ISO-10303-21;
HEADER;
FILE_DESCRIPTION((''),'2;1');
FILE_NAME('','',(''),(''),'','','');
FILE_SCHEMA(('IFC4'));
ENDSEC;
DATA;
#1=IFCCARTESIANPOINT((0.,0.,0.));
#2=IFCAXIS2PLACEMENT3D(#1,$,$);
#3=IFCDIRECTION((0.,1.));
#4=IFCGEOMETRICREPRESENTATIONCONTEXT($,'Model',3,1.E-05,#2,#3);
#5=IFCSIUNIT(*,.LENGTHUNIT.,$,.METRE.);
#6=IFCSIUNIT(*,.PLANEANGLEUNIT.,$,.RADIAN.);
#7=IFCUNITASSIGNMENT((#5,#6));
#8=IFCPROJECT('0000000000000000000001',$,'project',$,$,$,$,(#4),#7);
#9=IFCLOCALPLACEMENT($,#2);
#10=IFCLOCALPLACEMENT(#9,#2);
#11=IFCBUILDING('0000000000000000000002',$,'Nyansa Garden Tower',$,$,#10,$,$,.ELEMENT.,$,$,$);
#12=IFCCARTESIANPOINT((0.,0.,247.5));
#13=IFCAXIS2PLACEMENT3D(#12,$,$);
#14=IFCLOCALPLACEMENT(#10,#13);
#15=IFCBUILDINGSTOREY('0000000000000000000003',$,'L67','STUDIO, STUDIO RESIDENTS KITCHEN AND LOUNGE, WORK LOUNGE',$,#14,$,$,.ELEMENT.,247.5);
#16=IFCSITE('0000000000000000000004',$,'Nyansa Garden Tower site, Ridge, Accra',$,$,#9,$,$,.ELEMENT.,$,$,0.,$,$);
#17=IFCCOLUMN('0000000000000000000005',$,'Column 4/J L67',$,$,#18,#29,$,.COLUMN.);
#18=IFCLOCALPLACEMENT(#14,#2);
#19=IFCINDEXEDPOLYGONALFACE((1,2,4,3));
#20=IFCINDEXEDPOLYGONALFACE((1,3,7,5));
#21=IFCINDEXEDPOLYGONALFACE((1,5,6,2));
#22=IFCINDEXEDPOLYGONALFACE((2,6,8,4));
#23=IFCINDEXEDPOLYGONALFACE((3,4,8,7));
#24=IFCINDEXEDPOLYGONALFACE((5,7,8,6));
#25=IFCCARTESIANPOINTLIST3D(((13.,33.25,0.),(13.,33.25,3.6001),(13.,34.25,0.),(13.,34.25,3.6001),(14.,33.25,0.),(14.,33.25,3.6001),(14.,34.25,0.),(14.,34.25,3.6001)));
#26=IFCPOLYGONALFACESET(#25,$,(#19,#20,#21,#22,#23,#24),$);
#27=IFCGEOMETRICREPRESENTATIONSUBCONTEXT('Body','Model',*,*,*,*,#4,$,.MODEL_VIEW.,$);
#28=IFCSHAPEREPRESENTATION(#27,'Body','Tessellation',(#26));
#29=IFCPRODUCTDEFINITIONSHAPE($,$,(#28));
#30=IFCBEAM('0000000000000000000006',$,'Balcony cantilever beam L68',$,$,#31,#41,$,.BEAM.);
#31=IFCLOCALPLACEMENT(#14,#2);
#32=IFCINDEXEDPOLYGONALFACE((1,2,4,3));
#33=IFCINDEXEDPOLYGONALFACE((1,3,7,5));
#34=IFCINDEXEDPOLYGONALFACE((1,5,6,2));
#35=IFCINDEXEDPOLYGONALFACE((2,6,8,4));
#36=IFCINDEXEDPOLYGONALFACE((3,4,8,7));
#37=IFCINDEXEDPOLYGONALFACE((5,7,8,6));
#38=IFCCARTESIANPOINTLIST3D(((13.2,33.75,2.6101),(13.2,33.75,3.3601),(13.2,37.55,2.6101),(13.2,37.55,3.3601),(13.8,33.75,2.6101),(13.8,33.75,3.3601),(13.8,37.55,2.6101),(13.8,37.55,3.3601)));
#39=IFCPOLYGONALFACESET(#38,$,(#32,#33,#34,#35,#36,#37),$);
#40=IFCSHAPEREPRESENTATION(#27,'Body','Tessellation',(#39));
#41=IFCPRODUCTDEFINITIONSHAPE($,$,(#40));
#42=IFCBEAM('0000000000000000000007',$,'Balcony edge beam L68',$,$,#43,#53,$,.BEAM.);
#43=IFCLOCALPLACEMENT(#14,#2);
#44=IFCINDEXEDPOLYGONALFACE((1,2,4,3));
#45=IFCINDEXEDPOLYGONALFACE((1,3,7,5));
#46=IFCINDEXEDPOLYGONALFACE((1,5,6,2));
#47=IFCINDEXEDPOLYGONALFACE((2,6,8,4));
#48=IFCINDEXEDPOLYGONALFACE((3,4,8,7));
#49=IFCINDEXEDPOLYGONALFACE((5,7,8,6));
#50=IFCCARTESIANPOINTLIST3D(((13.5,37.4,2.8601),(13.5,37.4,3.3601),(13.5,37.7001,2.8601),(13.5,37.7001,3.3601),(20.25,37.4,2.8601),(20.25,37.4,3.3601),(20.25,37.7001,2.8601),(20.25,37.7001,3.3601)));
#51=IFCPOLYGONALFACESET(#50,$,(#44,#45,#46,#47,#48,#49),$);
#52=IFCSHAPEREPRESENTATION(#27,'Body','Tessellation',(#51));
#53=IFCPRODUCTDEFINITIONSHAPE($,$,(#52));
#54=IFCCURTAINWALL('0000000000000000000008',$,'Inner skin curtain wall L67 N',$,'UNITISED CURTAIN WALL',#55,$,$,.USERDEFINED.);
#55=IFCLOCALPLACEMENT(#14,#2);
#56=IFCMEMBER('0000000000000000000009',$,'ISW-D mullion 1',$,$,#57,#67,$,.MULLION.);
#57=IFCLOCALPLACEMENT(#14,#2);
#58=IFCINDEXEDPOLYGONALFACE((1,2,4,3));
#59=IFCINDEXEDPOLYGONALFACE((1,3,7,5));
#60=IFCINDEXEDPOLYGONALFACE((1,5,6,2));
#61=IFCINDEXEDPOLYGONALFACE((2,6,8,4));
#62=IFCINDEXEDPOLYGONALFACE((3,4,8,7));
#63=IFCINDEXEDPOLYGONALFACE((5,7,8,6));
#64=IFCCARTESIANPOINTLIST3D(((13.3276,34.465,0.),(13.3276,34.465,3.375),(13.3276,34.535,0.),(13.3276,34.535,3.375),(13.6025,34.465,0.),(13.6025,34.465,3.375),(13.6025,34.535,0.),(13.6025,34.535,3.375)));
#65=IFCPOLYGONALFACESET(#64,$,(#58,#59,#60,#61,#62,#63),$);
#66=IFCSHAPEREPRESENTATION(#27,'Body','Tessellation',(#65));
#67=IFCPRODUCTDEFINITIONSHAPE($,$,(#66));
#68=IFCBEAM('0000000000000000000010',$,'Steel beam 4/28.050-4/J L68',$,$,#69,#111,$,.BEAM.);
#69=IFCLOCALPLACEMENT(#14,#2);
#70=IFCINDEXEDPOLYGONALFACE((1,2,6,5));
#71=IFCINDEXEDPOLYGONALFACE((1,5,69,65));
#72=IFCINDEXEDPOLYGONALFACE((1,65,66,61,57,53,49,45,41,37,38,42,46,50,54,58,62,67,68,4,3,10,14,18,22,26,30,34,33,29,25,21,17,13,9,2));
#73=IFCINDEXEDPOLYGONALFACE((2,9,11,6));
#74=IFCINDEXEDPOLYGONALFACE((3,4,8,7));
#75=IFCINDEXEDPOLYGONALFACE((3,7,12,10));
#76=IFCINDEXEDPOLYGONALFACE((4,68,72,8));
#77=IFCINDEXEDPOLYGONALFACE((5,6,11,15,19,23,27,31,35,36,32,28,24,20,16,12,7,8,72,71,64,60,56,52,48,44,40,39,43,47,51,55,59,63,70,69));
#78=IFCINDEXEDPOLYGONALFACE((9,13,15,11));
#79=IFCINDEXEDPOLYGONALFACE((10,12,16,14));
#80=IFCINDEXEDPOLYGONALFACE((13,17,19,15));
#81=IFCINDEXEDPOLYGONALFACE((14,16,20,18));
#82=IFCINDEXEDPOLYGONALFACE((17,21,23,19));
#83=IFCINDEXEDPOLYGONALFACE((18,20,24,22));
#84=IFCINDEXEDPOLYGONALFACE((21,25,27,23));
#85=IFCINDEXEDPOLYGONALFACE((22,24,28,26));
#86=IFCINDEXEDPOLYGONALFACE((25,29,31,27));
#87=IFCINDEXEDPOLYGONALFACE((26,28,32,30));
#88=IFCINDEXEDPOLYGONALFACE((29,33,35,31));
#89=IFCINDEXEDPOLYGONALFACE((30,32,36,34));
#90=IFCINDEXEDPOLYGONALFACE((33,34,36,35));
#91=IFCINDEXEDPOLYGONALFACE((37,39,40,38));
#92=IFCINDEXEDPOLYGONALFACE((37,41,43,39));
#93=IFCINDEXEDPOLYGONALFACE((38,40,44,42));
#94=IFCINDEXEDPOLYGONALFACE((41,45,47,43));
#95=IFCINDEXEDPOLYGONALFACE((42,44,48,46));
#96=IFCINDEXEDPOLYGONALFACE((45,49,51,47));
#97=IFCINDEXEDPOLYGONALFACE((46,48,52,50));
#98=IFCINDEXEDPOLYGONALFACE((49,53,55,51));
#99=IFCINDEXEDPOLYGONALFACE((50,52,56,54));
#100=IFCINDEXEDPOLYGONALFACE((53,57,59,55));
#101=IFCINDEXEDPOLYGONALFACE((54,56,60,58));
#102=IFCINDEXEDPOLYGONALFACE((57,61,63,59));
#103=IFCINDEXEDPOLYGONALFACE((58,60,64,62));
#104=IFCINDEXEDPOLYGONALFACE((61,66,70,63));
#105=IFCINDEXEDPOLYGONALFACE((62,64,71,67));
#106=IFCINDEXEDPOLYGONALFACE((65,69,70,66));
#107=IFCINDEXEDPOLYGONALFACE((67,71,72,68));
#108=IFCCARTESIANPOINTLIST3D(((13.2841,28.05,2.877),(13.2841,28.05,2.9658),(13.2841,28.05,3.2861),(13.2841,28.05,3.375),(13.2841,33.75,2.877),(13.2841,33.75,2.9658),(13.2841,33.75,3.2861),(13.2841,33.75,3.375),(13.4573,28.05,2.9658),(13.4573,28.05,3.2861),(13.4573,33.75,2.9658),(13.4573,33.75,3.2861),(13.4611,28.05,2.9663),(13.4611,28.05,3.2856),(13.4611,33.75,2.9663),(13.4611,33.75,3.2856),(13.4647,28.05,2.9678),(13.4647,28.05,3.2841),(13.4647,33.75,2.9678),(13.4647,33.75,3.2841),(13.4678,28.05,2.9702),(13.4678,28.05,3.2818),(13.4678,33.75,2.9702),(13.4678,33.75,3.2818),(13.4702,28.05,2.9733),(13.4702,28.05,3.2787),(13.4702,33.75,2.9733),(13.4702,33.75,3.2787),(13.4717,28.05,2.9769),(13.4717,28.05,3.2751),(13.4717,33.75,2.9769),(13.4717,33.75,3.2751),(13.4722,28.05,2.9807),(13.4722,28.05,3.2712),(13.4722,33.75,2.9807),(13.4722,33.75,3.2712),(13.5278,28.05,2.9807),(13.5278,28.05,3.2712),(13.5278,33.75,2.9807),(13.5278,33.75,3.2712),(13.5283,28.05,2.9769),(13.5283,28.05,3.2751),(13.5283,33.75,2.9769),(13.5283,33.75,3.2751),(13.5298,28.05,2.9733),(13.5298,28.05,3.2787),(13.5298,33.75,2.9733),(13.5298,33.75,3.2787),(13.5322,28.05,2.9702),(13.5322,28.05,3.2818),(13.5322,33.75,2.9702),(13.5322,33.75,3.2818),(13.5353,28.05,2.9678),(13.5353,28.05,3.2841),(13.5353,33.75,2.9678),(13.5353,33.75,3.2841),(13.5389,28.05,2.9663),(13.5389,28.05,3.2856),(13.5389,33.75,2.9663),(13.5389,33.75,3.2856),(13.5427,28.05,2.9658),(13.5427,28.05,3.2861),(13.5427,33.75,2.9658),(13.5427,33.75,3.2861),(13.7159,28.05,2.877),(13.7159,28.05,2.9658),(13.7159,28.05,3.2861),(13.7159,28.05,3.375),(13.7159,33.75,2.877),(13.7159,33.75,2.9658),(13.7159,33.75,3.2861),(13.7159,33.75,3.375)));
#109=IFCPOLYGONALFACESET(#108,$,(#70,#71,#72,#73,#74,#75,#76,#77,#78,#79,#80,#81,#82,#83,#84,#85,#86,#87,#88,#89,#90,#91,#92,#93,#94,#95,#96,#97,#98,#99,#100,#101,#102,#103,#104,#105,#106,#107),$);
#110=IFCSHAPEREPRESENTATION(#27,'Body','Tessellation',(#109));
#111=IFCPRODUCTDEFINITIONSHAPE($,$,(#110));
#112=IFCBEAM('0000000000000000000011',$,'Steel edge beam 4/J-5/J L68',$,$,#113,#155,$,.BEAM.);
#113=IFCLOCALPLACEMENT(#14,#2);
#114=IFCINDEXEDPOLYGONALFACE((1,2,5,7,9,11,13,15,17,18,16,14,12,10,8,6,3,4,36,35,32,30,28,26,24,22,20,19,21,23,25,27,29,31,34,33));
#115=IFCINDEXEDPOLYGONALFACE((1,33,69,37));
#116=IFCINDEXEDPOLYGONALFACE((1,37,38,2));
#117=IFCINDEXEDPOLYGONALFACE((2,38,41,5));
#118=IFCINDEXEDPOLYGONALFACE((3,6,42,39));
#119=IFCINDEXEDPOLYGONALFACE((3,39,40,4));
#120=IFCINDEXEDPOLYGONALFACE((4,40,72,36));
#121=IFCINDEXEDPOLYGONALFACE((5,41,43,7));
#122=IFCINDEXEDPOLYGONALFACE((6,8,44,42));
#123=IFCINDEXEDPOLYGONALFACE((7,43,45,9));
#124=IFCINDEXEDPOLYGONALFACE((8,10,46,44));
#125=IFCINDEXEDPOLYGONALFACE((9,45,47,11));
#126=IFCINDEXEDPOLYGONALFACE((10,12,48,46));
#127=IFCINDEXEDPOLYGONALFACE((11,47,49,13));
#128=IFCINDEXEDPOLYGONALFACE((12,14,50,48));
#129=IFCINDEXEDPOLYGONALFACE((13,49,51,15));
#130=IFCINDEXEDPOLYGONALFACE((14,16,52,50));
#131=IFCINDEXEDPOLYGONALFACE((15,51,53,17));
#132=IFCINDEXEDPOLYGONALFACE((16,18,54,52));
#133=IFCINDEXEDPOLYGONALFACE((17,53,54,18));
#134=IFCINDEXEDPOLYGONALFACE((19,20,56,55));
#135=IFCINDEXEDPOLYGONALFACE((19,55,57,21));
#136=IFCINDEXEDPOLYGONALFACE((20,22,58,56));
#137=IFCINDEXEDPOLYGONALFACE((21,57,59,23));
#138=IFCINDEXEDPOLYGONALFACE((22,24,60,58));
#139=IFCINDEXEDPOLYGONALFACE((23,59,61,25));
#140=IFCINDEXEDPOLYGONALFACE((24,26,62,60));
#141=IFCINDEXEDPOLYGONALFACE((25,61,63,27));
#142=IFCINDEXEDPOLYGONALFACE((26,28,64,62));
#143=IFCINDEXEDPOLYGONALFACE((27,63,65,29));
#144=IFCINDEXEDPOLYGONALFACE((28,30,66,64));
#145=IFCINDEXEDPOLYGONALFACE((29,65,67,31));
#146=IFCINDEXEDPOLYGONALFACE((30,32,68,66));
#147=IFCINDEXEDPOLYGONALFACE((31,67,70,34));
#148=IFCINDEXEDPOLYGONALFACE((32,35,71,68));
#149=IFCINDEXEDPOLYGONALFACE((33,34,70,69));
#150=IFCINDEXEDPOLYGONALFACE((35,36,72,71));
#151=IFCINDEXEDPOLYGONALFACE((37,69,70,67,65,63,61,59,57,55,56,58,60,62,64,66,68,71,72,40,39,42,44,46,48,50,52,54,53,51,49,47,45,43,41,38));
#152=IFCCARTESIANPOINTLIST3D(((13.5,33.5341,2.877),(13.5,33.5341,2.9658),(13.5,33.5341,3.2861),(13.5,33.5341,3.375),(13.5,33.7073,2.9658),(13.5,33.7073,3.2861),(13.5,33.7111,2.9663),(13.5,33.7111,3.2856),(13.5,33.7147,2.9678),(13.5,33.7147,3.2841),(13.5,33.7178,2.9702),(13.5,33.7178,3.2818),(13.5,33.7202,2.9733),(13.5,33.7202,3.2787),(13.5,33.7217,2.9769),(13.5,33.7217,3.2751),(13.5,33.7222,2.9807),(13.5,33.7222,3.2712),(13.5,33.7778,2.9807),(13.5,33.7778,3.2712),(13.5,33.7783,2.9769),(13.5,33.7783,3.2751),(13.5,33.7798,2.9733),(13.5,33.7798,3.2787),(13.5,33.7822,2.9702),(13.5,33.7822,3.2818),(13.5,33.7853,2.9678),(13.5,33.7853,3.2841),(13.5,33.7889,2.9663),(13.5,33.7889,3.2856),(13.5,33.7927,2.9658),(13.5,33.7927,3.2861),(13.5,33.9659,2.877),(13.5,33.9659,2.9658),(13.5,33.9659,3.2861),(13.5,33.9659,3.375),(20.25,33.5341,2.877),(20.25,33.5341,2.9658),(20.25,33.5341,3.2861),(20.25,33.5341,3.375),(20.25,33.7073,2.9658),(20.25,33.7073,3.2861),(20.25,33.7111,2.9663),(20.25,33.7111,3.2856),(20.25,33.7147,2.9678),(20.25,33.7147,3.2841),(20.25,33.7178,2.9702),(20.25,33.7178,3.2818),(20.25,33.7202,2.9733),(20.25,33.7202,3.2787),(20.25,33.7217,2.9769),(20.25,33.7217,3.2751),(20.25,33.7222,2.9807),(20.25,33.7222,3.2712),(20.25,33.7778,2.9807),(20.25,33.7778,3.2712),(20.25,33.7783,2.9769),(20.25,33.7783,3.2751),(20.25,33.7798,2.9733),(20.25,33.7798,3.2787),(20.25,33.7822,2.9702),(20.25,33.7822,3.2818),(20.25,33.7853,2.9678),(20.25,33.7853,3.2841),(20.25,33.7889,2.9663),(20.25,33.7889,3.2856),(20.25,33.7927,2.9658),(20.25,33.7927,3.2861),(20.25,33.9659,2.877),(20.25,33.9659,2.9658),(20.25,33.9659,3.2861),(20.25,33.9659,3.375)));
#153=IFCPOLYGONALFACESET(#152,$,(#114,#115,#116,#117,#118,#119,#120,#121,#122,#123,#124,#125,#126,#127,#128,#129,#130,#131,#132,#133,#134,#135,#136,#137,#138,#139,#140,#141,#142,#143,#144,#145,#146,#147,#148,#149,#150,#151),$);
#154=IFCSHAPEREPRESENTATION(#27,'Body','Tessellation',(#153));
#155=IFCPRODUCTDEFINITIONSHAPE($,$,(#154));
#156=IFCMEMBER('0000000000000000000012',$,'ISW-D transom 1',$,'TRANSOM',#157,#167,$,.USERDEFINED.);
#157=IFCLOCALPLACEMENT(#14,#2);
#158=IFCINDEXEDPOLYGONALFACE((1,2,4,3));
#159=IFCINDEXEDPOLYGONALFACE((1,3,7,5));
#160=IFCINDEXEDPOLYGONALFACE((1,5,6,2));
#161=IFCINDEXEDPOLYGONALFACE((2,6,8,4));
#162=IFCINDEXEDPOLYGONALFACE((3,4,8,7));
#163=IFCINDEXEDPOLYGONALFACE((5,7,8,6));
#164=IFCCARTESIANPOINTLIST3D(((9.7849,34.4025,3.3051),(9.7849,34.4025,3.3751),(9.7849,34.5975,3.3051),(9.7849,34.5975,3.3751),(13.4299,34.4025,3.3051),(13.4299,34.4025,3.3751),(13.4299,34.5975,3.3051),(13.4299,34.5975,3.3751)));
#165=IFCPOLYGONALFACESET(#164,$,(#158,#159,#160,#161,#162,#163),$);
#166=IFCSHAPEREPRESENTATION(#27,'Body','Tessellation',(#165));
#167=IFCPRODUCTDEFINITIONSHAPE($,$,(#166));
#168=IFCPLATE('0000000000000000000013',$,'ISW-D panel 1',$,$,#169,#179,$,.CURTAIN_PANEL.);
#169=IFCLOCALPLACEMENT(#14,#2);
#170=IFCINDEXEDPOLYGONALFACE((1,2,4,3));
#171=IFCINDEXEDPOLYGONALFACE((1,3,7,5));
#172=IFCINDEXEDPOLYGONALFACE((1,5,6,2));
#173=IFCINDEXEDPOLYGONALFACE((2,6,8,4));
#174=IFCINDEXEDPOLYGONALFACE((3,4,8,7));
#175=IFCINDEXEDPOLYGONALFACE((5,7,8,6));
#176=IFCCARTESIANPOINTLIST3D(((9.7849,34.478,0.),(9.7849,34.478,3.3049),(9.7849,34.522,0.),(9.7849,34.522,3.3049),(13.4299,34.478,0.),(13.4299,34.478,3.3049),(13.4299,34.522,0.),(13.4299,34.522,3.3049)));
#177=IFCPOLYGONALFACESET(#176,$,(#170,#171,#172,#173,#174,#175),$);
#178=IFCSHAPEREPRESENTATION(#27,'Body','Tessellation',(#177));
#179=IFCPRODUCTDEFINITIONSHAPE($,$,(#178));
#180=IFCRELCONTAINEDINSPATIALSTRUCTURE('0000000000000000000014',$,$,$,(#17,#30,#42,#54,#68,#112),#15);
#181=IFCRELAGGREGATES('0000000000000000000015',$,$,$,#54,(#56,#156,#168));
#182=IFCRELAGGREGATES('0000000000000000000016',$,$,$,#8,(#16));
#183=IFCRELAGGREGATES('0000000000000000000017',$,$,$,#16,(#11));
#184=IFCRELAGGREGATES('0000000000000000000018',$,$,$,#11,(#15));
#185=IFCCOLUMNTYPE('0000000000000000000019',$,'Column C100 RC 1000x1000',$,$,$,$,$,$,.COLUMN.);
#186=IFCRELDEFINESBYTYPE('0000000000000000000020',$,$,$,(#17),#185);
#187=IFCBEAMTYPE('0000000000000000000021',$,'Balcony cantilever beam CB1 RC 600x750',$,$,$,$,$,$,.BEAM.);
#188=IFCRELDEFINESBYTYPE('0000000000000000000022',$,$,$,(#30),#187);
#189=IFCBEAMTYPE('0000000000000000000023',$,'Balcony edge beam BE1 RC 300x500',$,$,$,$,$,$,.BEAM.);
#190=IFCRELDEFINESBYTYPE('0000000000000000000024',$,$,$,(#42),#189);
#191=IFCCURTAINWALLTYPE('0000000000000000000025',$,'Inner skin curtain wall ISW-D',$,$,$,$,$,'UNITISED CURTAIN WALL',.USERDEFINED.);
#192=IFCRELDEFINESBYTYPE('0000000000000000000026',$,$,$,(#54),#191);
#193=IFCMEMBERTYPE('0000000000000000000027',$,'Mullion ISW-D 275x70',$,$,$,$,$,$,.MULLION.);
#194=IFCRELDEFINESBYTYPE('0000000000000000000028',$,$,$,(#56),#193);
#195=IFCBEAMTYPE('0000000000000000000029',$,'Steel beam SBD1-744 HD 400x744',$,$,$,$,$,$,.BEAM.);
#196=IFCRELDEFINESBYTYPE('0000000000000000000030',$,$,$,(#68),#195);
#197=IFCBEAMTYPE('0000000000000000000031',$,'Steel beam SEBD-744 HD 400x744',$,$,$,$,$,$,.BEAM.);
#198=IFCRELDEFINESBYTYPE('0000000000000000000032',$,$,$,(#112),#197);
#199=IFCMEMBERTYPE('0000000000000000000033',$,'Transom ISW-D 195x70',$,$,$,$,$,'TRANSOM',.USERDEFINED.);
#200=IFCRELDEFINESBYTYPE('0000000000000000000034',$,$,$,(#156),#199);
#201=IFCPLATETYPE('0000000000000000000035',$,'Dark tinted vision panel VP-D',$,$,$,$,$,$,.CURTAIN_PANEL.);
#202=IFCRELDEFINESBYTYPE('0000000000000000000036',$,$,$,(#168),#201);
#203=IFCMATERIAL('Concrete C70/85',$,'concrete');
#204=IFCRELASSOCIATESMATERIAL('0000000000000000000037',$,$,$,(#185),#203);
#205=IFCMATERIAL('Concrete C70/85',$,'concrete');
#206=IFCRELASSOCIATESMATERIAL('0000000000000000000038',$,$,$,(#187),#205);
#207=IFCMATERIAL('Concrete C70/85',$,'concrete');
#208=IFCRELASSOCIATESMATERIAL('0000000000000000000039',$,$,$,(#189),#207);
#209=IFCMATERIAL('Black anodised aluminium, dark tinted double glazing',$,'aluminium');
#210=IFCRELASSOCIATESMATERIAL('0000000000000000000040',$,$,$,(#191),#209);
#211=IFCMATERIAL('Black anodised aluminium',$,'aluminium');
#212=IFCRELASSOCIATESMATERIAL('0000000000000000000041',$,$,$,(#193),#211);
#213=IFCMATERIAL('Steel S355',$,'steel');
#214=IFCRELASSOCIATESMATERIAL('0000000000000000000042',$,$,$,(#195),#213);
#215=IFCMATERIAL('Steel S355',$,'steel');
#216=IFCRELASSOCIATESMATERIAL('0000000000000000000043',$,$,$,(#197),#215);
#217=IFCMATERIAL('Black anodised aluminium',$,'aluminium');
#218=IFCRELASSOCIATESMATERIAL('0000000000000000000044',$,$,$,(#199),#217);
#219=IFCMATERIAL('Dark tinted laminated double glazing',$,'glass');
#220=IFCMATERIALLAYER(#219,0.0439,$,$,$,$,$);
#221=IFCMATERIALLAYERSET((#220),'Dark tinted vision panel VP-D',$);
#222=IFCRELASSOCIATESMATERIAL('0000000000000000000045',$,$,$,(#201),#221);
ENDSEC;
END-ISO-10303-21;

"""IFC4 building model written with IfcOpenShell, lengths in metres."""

from ifc_helpers import new_model, si_unit, direction, frame, origin, origin_2d, place, context, subcontext, project, spatial, rectangle, i_section, extrude, material, layer, layer_set, material_profile, profile_set, type_object, element, aggregate, save


model = new_model("IFC4")

# Units and contexts
model_context = context("Model", 3, precision=1e-05, world=origin(), true_north=direction((0.0, 1.0)))
body_context = subcontext(model_context, "Body", "Model", "MODEL_VIEW")
ifc_project = project(units=[si_unit("LENGTHUNIT", "METRE"), si_unit("PLANEANGLEUNIT", "RADIAN")], contexts=[model_context])

# Site, building, storey
site_placement = place(None, origin())
site = spatial("IfcSite", under=ifc_project, at=site_placement, Name="Nyansa Garden Tower site, Ridge, Accra", CompositionType="ELEMENT", RefElevation=0.0)
building_placement = place(site_placement, origin())
building = spatial("IfcBuilding", under=site, at=building_placement, Name="Nyansa Garden Tower", CompositionType="ELEMENT")
storey_placement = place(building_placement, frame((0.0, 0.0, 247.5)))
storey = spatial("IfcBuildingStorey", under=building, at=storey_placement, Name="L67", Description="STUDIO, STUDIO RESIDENTS KITCHEN AND LOUNGE, WORK LOUNGE", CompositionType="ELEMENT", Elevation=247.5)

# Column
ifc_material_1 = material(Name="Concrete C70/85", Category="concrete")
ifc_material_profile_1 = material_profile(ifc_material_1, rectangle(XDim=1.0, YDim=1.0, at=origin_2d()), Name="RC 1000x1000")
ifc_profile_set_1 = profile_set([ifc_material_profile_1], Name="Concrete C70/85")
column_type = type_object("IfcColumnType", Name="Column C100 RC 1000x1000", PredefinedType="COLUMN", material=ifc_profile_set_1)
column_placement = place(storey_placement, frame((13.5, 33.75, 0.0), z_axis=(0.0, 0.0, 1.0), x_axis=(1.0, 0.0, 0.0)))
element("IfcColumn", 1, at=column_placement, inside=storey, type_object=column_type, Name="Column 4/J L67", PredefinedType="COLUMN", context=body_context, shape_type="SweptSolid", body=[
    extrude(rectangle(XDim=1.0, YDim=1.0, at=origin_2d()), origin(), (0.0, 0.0, 1.0), 3.6001),
])

# Beams
ifc_material_2 = material(Name="Concrete C70/85", Category="concrete")
ifc_material_profile_2 = material_profile(ifc_material_2, rectangle(XDim=0.6001, YDim=0.75, at=origin_2d()), Name="RC 600x750")
ifc_profile_set_2 = profile_set([ifc_material_profile_2], Name="Concrete C70/85")
beam_type_1 = type_object("IfcBeamType", Name="Balcony cantilever beam CB1 RC 600x750", PredefinedType="BEAM", material=ifc_profile_set_2)
beam_1_placement = place(storey_placement, frame((13.5, 33.75, 2.9851), z_axis=(0.0, 1.0, 0.0), x_axis=(-1.0, 0.0, 0.0)))
element("IfcBeam", 2, at=beam_1_placement, inside=storey, type_object=beam_type_1, Name="Balcony cantilever beam L68", PredefinedType="BEAM", context=body_context, shape_type="SweptSolid", body=[
    extrude(rectangle(XDim=0.6001, YDim=0.75, at=origin_2d()), origin(), (0.0, 0.0, 1.0), 3.8),
])
ifc_material_3 = material(Name="Concrete C70/85", Category="concrete")
ifc_material_profile_3 = material_profile(ifc_material_3, rectangle(XDim=0.3, YDim=0.5, at=origin_2d()), Name="RC 300x500")
ifc_profile_set_3 = profile_set([ifc_material_profile_3], Name="Concrete C70/85")
beam_type_2 = type_object("IfcBeamType", Name="Balcony edge beam BE1 RC 300x500", PredefinedType="BEAM", material=ifc_profile_set_3)
beam_2_placement = place(storey_placement, frame((13.5, 37.55, 3.1101), z_axis=(1.0, 0.0, 0.0), x_axis=(0.0, 1.0, 0.0)))
element("IfcBeam", 3, at=beam_2_placement, inside=storey, type_object=beam_type_2, Name="Balcony edge beam L68", PredefinedType="BEAM", context=body_context, shape_type="SweptSolid", body=[
    extrude(rectangle(XDim=0.3, YDim=0.5, at=origin_2d()), origin(), (0.0, 0.0, 1.0), 6.75),
])

# Curtain wall, member
ifc_material_4 = material(Name="Black anodised aluminium, dark tinted double glazing", Category="aluminium")
curtain_wall_type = type_object("IfcCurtainWallType", Name="Inner skin curtain wall ISW-D", ElementType="UNITISED CURTAIN WALL", PredefinedType="USERDEFINED", material=ifc_material_4)
curtain_wall_placement = place(storey_placement, origin())
curtain_wall = element("IfcCurtainWall", 4, at=curtain_wall_placement, inside=storey, type_object=curtain_wall_type, Name="Inner skin curtain wall L67 N", ObjectType="UNITISED CURTAIN WALL", PredefinedType="USERDEFINED")
ifc_material_5 = material(Name="Black anodised aluminium", Category="aluminium")
ifc_material_profile_4 = material_profile(ifc_material_5, rectangle(XDim=0.0701, YDim=0.2749, at=origin_2d()), Name="Mullion 275x70")
ifc_profile_set_4 = profile_set([ifc_material_profile_4], Name="Black anodised aluminium")
member_type_1 = type_object("IfcMemberType", Name="Mullion ISW-D 275x70", PredefinedType="MULLION", material=ifc_profile_set_4)
member_1_placement = place(storey_placement, frame((13.4651, 34.5, 0.0), z_axis=(0.0, 0.0, 1.0), x_axis=(0.0, -1.0, 0.0)))
member_1 = element("IfcMember", 5, at=member_1_placement, type_object=member_type_1, Name="ISW-D mullion 1", PredefinedType="MULLION", context=body_context, shape_type="SweptSolid", body=[
    extrude(rectangle(XDim=0.0701, YDim=0.2749, at=origin_2d()), origin(), (0.0, 0.0, 1.0), 3.375),
])

# Beams
ifc_material_6 = material(Name="Steel S355", Category="steel")
ifc_material_profile_5 = material_profile(ifc_material_6, i_section(OverallWidth=0.4319, OverallDepth=0.498, WebThickness=0.0557, FlangeThickness=0.0889, FilletRadius=0.0149, at=origin_2d()), Name="HD 400x744")
ifc_profile_set_5 = profile_set([ifc_material_profile_5], Name="Steel S355")
beam_type_3 = type_object("IfcBeamType", Name="Steel beam SBD1-744 HD 400x744", PredefinedType="BEAM", material=ifc_profile_set_5)
beam_3_placement = place(storey_placement, frame((13.5, 28.05, 3.126), z_axis=(0.0, 1.0, 0.0), x_axis=(-1.0, 0.0, 0.0)))
element("IfcBeam", 6, at=beam_3_placement, inside=storey, type_object=beam_type_3, Name="Steel beam 4/28.050-4/J L68", PredefinedType="BEAM", context=body_context, shape_type="SweptSolid", body=[
    extrude(i_section(OverallWidth=0.4319, OverallDepth=0.498, WebThickness=0.0557, FlangeThickness=0.0889, FilletRadius=0.0149, at=origin_2d()), origin(), (0.0, 0.0, 1.0), 5.7),
])
ifc_material_7 = material(Name="Steel S355", Category="steel")
ifc_material_profile_6 = material_profile(ifc_material_7, i_section(OverallWidth=0.4319, OverallDepth=0.498, WebThickness=0.0557, FlangeThickness=0.0889, FilletRadius=0.0149, at=origin_2d()), Name="HD 400x744")
ifc_profile_set_6 = profile_set([ifc_material_profile_6], Name="Steel S355")
beam_type_4 = type_object("IfcBeamType", Name="Steel beam SEBD-744 HD 400x744", PredefinedType="BEAM", material=ifc_profile_set_6)
beam_4_placement = place(storey_placement, frame((13.5, 33.75, 3.126), z_axis=(1.0, 0.0, 0.0), x_axis=(0.0, 1.0, 0.0)))
element("IfcBeam", 7, at=beam_4_placement, inside=storey, type_object=beam_type_4, Name="Steel edge beam 4/J-5/J L68", PredefinedType="BEAM", context=body_context, shape_type="SweptSolid", body=[
    extrude(i_section(OverallWidth=0.4319, OverallDepth=0.498, WebThickness=0.0557, FlangeThickness=0.0889, FilletRadius=0.0149, at=origin_2d()), origin(), (0.0, 0.0, 1.0), 6.75),
])

# Member
ifc_material_8 = material(Name="Black anodised aluminium", Category="aluminium")
ifc_material_profile_7 = material_profile(ifc_material_8, rectangle(XDim=0.1951, YDim=0.0701, at=origin_2d()), Name="Transom 195x70")
ifc_profile_set_7 = profile_set([ifc_material_profile_7], Name="Black anodised aluminium")
member_type_2 = type_object("IfcMemberType", Name="Transom ISW-D 195x70", ElementType="TRANSOM", PredefinedType="USERDEFINED", material=ifc_profile_set_7)
member_2_placement = place(storey_placement, frame((13.4299, 34.5, 3.3401), z_axis=(-1.0, 0.0, 0.0), x_axis=(0.0, -1.0, 0.0)))
member_2 = element("IfcMember", 8, at=member_2_placement, type_object=member_type_2, Name="ISW-D transom 1", ObjectType="TRANSOM", PredefinedType="USERDEFINED", context=body_context, shape_type="SweptSolid", body=[
    extrude(rectangle(XDim=0.1951, YDim=0.0701, at=origin_2d()), origin(), (0.0, 0.0, 1.0), 3.645),
])

# Plate
ifc_material_9 = material(Name="Dark tinted laminated double glazing", Category="glass")
ifc_layer_1 = layer(ifc_material_9, 0.0439)
ifc_layer_set_1 = layer_set([ifc_layer_1], Name="Dark tinted vision panel VP-D")
plate_type = type_object("IfcPlateType", Name="Dark tinted vision panel VP-D", PredefinedType="CURTAIN_PANEL", material=ifc_layer_set_1)
plate_placement = place(storey_placement, frame((11.6074, 34.5, 0.0), z_axis=(0.0, 0.0, 1.0), x_axis=(-1.0, 0.0, 0.0)))
plate = element("IfcPlate", 9, at=plate_placement, type_object=plate_type, Name="ISW-D panel 1", PredefinedType="CURTAIN_PANEL", context=body_context, shape_type="SweptSolid", body=[
    extrude(rectangle(XDim=3.645, YDim=0.0439, at=origin_2d()), origin(), (0.0, 0.0, 1.0), 3.3049),
])
aggregate(curtain_wall, [member_1, member_2, plate])

save(model, "model.ifc")
